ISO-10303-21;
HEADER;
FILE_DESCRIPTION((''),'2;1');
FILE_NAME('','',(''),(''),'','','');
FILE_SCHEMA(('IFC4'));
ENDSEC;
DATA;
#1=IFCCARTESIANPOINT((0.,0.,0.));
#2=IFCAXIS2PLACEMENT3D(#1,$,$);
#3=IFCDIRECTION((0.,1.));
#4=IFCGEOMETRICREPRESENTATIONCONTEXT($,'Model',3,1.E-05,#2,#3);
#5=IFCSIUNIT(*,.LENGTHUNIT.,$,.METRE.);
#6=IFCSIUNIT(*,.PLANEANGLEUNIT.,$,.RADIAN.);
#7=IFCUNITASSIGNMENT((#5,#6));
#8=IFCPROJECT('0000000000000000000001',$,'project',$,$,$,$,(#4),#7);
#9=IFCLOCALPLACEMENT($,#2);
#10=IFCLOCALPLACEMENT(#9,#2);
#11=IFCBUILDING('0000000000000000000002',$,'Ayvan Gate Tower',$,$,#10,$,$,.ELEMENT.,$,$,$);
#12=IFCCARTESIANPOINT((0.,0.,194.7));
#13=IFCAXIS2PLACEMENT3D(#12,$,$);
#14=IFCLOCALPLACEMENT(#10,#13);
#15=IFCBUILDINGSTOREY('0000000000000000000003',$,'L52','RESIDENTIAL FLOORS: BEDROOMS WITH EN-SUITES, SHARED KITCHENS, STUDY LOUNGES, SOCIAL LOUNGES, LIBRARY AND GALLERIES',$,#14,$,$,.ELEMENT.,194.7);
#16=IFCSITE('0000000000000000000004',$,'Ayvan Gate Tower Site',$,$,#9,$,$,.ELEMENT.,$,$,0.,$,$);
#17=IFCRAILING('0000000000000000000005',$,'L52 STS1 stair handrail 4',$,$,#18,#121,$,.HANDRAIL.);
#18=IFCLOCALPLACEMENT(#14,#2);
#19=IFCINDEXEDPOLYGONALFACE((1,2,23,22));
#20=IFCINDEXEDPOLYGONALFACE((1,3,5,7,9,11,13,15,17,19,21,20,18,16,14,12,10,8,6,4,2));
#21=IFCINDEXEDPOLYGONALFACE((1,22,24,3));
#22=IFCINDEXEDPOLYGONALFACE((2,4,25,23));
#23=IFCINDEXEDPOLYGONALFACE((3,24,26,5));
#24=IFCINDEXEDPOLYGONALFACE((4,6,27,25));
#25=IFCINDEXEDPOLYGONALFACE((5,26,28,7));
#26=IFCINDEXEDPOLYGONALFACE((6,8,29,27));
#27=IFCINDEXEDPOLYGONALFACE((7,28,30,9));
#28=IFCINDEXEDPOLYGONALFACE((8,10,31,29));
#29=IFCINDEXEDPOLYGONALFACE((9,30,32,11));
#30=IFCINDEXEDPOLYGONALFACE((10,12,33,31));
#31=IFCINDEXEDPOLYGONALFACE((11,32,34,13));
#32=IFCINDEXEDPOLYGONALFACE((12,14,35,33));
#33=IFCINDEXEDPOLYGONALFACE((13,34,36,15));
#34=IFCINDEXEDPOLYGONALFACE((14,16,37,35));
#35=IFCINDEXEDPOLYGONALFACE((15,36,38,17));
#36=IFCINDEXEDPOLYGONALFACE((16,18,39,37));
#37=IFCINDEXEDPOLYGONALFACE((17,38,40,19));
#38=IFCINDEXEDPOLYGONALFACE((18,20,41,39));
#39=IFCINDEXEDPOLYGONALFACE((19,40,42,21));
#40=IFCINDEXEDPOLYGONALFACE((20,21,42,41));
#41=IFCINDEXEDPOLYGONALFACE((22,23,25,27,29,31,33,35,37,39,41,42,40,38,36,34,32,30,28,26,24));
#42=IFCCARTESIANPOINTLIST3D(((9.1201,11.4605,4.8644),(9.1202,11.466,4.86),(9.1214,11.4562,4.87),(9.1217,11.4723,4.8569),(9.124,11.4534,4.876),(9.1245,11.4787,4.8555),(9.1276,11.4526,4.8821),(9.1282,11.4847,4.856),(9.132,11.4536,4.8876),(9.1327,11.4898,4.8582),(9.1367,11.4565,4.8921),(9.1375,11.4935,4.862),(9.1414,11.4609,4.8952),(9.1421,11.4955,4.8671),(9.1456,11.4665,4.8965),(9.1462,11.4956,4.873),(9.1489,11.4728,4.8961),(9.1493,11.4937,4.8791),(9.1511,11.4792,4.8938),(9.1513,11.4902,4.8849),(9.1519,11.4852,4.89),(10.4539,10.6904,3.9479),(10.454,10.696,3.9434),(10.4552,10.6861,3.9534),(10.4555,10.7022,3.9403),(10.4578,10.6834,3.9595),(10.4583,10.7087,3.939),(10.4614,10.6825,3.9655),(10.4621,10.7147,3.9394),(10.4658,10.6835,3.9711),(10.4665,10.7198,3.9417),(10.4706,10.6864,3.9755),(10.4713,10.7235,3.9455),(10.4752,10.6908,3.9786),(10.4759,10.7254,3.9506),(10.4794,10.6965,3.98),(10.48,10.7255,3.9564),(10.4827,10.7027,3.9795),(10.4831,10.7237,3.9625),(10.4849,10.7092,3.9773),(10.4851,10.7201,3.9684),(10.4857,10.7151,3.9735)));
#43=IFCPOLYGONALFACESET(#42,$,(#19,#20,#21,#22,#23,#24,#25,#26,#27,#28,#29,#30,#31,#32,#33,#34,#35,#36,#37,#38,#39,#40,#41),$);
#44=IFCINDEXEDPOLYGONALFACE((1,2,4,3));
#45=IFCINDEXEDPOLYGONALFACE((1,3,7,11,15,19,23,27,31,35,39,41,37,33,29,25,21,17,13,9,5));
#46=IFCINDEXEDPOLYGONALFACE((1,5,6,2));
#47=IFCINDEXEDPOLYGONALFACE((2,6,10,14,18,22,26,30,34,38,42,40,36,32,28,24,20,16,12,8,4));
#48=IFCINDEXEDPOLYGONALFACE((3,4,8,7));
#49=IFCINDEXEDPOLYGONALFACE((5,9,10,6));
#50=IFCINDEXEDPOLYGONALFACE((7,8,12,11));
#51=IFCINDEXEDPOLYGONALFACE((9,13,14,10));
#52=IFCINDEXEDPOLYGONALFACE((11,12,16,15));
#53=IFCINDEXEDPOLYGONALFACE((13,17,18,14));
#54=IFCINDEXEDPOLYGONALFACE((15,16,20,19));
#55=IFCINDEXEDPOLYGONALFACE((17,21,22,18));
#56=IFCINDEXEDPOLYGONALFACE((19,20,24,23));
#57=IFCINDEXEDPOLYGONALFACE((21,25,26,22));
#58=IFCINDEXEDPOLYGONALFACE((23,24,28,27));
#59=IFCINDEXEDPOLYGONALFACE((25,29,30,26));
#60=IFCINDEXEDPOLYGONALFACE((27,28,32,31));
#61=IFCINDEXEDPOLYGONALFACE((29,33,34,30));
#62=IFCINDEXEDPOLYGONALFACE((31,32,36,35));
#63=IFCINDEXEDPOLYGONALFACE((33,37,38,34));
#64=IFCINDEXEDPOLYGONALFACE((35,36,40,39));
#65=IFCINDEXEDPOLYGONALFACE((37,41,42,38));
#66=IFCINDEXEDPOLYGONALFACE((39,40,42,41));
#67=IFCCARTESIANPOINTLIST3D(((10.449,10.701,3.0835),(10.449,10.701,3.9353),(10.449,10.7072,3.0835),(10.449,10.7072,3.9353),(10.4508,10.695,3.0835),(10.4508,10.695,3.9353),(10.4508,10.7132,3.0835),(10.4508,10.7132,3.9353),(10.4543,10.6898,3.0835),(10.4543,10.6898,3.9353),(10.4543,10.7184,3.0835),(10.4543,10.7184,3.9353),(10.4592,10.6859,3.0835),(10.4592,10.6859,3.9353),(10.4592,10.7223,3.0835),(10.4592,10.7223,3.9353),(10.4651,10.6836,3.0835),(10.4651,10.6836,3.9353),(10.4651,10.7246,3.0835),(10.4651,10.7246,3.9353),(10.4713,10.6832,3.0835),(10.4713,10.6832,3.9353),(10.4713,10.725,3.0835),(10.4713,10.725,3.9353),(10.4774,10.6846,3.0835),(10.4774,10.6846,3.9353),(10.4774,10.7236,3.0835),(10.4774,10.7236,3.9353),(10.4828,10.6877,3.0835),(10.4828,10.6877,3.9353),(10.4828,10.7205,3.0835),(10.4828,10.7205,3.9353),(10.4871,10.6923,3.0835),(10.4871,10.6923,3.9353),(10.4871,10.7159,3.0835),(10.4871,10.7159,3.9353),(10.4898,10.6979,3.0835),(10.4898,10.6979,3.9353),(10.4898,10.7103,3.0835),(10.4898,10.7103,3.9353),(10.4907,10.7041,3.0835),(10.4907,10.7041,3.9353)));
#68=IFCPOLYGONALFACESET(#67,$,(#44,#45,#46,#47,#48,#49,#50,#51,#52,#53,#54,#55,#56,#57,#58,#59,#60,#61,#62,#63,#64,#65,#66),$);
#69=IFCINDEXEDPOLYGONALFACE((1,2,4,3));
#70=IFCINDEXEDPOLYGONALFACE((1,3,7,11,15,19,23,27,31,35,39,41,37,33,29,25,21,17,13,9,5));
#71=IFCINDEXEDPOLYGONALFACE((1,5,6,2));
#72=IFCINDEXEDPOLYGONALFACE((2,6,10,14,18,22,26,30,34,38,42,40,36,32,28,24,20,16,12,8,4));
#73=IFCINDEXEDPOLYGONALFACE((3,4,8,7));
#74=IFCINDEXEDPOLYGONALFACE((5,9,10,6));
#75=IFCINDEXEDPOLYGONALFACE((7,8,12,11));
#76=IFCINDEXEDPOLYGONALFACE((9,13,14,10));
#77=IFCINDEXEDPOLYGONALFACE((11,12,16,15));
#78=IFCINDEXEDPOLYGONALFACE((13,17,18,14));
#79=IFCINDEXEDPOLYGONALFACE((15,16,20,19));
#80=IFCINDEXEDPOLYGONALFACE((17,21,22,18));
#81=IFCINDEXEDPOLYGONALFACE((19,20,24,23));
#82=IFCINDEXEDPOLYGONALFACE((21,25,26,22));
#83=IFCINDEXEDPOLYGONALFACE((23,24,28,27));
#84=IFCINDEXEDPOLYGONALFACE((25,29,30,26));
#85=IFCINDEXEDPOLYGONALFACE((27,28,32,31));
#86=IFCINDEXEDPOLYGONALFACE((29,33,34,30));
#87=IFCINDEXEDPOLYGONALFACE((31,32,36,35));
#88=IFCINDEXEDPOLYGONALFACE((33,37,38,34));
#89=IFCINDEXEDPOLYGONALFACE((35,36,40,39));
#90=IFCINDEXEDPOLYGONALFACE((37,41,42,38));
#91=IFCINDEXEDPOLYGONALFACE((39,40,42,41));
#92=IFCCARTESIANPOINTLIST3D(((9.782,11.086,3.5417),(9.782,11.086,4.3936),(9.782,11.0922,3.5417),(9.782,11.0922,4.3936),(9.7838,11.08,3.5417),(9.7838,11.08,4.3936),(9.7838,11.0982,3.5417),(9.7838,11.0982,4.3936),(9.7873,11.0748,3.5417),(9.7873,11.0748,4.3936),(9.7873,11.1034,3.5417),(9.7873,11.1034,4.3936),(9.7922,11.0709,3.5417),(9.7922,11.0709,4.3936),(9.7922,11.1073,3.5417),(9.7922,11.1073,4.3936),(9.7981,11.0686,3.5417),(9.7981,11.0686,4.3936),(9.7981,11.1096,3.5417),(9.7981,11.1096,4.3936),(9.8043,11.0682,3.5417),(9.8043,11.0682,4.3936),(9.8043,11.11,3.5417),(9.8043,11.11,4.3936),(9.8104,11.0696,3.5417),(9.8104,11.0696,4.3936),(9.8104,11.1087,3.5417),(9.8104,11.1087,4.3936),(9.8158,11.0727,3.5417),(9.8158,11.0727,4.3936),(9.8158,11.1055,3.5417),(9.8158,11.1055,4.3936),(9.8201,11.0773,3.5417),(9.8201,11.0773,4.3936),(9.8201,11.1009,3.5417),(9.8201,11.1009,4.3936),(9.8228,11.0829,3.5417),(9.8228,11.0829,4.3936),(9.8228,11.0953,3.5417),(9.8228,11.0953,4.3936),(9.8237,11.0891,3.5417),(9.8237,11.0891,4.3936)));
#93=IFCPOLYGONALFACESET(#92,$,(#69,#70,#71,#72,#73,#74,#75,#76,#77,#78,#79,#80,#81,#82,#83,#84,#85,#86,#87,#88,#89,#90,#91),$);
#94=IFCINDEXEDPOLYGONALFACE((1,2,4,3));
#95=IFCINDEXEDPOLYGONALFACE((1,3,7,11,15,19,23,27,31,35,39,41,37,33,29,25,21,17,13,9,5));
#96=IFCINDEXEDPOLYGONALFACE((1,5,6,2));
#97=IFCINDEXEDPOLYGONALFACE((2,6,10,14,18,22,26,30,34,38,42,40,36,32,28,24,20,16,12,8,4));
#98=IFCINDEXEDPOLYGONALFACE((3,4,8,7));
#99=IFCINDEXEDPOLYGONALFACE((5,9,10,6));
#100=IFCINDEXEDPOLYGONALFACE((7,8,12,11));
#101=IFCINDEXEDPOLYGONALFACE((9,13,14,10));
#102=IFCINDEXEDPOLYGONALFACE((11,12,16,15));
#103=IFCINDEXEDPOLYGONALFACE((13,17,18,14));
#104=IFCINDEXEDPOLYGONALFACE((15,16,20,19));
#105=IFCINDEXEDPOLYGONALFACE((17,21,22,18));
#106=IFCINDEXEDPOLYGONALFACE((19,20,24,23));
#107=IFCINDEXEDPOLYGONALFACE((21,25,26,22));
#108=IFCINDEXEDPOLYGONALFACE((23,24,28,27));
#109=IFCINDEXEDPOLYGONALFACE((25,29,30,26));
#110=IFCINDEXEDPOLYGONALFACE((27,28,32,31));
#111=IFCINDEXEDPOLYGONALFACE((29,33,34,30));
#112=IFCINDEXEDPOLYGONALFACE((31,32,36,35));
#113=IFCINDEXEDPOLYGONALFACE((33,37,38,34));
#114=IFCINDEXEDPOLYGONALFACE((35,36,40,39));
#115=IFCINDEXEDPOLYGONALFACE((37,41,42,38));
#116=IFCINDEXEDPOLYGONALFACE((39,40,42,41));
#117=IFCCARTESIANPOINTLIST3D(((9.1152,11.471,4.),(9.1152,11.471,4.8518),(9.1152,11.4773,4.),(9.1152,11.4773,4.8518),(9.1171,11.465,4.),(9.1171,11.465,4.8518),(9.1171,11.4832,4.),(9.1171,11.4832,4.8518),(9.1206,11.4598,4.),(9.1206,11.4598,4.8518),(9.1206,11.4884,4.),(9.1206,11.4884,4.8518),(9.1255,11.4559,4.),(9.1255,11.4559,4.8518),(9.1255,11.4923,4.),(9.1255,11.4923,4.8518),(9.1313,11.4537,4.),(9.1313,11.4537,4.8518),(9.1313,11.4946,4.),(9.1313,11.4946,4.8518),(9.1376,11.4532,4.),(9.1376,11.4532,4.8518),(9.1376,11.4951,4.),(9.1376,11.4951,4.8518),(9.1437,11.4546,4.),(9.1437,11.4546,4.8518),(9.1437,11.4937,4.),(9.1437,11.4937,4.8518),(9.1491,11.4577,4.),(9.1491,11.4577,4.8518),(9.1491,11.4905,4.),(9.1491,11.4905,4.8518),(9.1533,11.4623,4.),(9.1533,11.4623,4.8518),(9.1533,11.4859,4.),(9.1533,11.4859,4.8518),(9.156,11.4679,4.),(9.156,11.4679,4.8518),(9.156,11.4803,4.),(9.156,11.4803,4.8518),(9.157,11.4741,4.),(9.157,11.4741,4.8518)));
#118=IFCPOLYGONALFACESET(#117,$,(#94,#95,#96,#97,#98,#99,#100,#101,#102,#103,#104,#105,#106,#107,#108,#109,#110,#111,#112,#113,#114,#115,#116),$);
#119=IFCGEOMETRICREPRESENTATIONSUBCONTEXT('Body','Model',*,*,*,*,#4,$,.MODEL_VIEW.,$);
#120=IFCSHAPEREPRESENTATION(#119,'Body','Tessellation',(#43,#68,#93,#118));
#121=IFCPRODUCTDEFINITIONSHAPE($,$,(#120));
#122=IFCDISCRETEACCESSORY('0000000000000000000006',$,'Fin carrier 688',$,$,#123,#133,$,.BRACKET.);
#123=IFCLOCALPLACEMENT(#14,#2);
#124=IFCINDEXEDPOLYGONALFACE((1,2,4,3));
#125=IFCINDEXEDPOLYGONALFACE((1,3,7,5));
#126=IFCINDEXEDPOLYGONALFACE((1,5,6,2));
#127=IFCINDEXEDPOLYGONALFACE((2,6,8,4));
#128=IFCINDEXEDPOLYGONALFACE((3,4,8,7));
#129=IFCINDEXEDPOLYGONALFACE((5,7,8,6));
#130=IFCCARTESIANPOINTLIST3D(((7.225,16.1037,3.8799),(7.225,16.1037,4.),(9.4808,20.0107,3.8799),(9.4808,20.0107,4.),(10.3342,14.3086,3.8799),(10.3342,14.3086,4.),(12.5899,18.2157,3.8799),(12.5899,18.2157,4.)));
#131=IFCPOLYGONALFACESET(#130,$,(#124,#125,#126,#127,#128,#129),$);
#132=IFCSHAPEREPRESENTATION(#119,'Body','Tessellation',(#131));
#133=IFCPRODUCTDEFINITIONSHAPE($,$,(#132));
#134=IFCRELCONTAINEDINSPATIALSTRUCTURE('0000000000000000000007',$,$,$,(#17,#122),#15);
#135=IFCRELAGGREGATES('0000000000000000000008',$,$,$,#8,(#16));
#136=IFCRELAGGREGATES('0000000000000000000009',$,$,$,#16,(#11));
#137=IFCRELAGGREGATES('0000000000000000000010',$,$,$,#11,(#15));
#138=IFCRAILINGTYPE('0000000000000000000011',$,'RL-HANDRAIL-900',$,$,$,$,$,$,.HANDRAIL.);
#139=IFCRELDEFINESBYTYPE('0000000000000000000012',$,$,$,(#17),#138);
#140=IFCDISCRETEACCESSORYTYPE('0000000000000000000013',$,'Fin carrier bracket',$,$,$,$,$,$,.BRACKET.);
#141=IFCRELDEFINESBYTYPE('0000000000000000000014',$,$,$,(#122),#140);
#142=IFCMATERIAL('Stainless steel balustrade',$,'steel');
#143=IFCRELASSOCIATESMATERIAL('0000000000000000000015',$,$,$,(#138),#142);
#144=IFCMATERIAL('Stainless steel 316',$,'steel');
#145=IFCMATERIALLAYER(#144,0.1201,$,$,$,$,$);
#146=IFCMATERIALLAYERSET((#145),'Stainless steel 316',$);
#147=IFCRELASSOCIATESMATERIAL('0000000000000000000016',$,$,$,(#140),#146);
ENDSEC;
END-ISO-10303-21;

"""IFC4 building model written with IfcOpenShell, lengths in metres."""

from ifc_helpers import new_model, si_unit, direction, frame, origin, origin_2d, place, context, subcontext, project, spatial, rectangle, circle, extrude, material, layer, layer_set, type_object, element, save


model = new_model("IFC4")

# Units and contexts
model_context = context("Model", 3, precision=1e-05, world=origin(), true_north=direction((0.0, 1.0)))
body_context = subcontext(model_context, "Body", "Model", "MODEL_VIEW")
ifc_project = project(units=[si_unit("LENGTHUNIT", "METRE"), si_unit("PLANEANGLEUNIT", "RADIAN")], contexts=[model_context])

# Site, building, storey
site_placement = place(None, origin())
site = spatial("IfcSite", under=ifc_project, at=site_placement, Name="Ayvan Gate Tower Site", CompositionType="ELEMENT", RefElevation=0.0)
building_placement = place(site_placement, origin())
building = spatial("IfcBuilding", under=site, at=building_placement, Name="Ayvan Gate Tower", CompositionType="ELEMENT")
storey_placement = place(building_placement, frame((0.0, 0.0, 194.7)))
storey = spatial("IfcBuildingStorey", under=building, at=storey_placement, Name="L52", Description="RESIDENTIAL FLOORS: BEDROOMS WITH EN-SUITES, SHARED KITCHENS, STUDY LOUNGES, SOCIAL LOUNGES, LIBRARY AND GALLERIES", CompositionType="ELEMENT", Elevation=194.7)

# Railing
ifc_material_1 = material(Name="Stainless steel balustrade", Category="steel")
railing_type_1 = type_object("IfcRailingType", Name="RL-HANDRAIL-900", PredefinedType="HANDRAIL", material=ifc_material_1)
railing_1_placement = place(storey_placement, frame((10.4697, 10.7041, 3.0835)))
element("IfcRailing", 1, at=railing_1_placement, inside=storey, type_object=railing_type_1, Name="L52 STS1 stair handrail 4", PredefinedType="HANDRAIL", context=body_context, shape_type="SweptSolid", body=[
    extrude(circle(Radius=0.0239, at=origin_2d()), frame((0.0, 0.0, 0.876), z_axis=(-0.744216, 0.429664, 0.511401), x_axis=(-0.499992, -0.86603, 0.0)), (0.0, 0.0, 1.0), 1.7922),
    extrude(circle(Radius=0.021, at=origin_2d()), origin(), (0.0, 0.0, 1.0), 0.8518),
    extrude(circle(Radius=0.021, at=origin_2d()), frame((-0.667, 0.385, 0.4583)), (0.0, 0.0, 1.0), 0.8518),
    extrude(circle(Radius=0.021, at=origin_2d()), frame((-1.3337, 0.77, 0.9165)), (0.0, 0.0, 1.0), 0.8518),
])

# Discrete accessory
ifc_material_2 = material(Name="Stainless steel 316", Category="steel")
ifc_layer_1 = layer(ifc_material_2, 0.1201)
ifc_layer_set_1 = layer_set([ifc_layer_1], Name="Stainless steel 316")
discrete_accessory_type = type_object("IfcDiscreteAccessoryType", Name="Fin carrier bracket", PredefinedType="BRACKET", material=ifc_layer_set_1)
discrete_accessory_placement = place(storey_placement, frame((9.9075, 17.1597, 3.8799), z_axis=(0.0, 0.0, 1.0), x_axis=(-0.866025, 0.5, 0.0)))
element("IfcDiscreteAccessory", 2, at=discrete_accessory_placement, inside=storey, type_object=discrete_accessory_type, Name="Fin carrier 688", PredefinedType="BRACKET", context=body_context, shape_type="SweptSolid", body=[
    extrude(rectangle(XDim=3.5901, YDim=4.5115, at=origin_2d()), origin(), (0.0, 0.0, 1.0), 0.1201),
])

save(model, "model.ifc")
